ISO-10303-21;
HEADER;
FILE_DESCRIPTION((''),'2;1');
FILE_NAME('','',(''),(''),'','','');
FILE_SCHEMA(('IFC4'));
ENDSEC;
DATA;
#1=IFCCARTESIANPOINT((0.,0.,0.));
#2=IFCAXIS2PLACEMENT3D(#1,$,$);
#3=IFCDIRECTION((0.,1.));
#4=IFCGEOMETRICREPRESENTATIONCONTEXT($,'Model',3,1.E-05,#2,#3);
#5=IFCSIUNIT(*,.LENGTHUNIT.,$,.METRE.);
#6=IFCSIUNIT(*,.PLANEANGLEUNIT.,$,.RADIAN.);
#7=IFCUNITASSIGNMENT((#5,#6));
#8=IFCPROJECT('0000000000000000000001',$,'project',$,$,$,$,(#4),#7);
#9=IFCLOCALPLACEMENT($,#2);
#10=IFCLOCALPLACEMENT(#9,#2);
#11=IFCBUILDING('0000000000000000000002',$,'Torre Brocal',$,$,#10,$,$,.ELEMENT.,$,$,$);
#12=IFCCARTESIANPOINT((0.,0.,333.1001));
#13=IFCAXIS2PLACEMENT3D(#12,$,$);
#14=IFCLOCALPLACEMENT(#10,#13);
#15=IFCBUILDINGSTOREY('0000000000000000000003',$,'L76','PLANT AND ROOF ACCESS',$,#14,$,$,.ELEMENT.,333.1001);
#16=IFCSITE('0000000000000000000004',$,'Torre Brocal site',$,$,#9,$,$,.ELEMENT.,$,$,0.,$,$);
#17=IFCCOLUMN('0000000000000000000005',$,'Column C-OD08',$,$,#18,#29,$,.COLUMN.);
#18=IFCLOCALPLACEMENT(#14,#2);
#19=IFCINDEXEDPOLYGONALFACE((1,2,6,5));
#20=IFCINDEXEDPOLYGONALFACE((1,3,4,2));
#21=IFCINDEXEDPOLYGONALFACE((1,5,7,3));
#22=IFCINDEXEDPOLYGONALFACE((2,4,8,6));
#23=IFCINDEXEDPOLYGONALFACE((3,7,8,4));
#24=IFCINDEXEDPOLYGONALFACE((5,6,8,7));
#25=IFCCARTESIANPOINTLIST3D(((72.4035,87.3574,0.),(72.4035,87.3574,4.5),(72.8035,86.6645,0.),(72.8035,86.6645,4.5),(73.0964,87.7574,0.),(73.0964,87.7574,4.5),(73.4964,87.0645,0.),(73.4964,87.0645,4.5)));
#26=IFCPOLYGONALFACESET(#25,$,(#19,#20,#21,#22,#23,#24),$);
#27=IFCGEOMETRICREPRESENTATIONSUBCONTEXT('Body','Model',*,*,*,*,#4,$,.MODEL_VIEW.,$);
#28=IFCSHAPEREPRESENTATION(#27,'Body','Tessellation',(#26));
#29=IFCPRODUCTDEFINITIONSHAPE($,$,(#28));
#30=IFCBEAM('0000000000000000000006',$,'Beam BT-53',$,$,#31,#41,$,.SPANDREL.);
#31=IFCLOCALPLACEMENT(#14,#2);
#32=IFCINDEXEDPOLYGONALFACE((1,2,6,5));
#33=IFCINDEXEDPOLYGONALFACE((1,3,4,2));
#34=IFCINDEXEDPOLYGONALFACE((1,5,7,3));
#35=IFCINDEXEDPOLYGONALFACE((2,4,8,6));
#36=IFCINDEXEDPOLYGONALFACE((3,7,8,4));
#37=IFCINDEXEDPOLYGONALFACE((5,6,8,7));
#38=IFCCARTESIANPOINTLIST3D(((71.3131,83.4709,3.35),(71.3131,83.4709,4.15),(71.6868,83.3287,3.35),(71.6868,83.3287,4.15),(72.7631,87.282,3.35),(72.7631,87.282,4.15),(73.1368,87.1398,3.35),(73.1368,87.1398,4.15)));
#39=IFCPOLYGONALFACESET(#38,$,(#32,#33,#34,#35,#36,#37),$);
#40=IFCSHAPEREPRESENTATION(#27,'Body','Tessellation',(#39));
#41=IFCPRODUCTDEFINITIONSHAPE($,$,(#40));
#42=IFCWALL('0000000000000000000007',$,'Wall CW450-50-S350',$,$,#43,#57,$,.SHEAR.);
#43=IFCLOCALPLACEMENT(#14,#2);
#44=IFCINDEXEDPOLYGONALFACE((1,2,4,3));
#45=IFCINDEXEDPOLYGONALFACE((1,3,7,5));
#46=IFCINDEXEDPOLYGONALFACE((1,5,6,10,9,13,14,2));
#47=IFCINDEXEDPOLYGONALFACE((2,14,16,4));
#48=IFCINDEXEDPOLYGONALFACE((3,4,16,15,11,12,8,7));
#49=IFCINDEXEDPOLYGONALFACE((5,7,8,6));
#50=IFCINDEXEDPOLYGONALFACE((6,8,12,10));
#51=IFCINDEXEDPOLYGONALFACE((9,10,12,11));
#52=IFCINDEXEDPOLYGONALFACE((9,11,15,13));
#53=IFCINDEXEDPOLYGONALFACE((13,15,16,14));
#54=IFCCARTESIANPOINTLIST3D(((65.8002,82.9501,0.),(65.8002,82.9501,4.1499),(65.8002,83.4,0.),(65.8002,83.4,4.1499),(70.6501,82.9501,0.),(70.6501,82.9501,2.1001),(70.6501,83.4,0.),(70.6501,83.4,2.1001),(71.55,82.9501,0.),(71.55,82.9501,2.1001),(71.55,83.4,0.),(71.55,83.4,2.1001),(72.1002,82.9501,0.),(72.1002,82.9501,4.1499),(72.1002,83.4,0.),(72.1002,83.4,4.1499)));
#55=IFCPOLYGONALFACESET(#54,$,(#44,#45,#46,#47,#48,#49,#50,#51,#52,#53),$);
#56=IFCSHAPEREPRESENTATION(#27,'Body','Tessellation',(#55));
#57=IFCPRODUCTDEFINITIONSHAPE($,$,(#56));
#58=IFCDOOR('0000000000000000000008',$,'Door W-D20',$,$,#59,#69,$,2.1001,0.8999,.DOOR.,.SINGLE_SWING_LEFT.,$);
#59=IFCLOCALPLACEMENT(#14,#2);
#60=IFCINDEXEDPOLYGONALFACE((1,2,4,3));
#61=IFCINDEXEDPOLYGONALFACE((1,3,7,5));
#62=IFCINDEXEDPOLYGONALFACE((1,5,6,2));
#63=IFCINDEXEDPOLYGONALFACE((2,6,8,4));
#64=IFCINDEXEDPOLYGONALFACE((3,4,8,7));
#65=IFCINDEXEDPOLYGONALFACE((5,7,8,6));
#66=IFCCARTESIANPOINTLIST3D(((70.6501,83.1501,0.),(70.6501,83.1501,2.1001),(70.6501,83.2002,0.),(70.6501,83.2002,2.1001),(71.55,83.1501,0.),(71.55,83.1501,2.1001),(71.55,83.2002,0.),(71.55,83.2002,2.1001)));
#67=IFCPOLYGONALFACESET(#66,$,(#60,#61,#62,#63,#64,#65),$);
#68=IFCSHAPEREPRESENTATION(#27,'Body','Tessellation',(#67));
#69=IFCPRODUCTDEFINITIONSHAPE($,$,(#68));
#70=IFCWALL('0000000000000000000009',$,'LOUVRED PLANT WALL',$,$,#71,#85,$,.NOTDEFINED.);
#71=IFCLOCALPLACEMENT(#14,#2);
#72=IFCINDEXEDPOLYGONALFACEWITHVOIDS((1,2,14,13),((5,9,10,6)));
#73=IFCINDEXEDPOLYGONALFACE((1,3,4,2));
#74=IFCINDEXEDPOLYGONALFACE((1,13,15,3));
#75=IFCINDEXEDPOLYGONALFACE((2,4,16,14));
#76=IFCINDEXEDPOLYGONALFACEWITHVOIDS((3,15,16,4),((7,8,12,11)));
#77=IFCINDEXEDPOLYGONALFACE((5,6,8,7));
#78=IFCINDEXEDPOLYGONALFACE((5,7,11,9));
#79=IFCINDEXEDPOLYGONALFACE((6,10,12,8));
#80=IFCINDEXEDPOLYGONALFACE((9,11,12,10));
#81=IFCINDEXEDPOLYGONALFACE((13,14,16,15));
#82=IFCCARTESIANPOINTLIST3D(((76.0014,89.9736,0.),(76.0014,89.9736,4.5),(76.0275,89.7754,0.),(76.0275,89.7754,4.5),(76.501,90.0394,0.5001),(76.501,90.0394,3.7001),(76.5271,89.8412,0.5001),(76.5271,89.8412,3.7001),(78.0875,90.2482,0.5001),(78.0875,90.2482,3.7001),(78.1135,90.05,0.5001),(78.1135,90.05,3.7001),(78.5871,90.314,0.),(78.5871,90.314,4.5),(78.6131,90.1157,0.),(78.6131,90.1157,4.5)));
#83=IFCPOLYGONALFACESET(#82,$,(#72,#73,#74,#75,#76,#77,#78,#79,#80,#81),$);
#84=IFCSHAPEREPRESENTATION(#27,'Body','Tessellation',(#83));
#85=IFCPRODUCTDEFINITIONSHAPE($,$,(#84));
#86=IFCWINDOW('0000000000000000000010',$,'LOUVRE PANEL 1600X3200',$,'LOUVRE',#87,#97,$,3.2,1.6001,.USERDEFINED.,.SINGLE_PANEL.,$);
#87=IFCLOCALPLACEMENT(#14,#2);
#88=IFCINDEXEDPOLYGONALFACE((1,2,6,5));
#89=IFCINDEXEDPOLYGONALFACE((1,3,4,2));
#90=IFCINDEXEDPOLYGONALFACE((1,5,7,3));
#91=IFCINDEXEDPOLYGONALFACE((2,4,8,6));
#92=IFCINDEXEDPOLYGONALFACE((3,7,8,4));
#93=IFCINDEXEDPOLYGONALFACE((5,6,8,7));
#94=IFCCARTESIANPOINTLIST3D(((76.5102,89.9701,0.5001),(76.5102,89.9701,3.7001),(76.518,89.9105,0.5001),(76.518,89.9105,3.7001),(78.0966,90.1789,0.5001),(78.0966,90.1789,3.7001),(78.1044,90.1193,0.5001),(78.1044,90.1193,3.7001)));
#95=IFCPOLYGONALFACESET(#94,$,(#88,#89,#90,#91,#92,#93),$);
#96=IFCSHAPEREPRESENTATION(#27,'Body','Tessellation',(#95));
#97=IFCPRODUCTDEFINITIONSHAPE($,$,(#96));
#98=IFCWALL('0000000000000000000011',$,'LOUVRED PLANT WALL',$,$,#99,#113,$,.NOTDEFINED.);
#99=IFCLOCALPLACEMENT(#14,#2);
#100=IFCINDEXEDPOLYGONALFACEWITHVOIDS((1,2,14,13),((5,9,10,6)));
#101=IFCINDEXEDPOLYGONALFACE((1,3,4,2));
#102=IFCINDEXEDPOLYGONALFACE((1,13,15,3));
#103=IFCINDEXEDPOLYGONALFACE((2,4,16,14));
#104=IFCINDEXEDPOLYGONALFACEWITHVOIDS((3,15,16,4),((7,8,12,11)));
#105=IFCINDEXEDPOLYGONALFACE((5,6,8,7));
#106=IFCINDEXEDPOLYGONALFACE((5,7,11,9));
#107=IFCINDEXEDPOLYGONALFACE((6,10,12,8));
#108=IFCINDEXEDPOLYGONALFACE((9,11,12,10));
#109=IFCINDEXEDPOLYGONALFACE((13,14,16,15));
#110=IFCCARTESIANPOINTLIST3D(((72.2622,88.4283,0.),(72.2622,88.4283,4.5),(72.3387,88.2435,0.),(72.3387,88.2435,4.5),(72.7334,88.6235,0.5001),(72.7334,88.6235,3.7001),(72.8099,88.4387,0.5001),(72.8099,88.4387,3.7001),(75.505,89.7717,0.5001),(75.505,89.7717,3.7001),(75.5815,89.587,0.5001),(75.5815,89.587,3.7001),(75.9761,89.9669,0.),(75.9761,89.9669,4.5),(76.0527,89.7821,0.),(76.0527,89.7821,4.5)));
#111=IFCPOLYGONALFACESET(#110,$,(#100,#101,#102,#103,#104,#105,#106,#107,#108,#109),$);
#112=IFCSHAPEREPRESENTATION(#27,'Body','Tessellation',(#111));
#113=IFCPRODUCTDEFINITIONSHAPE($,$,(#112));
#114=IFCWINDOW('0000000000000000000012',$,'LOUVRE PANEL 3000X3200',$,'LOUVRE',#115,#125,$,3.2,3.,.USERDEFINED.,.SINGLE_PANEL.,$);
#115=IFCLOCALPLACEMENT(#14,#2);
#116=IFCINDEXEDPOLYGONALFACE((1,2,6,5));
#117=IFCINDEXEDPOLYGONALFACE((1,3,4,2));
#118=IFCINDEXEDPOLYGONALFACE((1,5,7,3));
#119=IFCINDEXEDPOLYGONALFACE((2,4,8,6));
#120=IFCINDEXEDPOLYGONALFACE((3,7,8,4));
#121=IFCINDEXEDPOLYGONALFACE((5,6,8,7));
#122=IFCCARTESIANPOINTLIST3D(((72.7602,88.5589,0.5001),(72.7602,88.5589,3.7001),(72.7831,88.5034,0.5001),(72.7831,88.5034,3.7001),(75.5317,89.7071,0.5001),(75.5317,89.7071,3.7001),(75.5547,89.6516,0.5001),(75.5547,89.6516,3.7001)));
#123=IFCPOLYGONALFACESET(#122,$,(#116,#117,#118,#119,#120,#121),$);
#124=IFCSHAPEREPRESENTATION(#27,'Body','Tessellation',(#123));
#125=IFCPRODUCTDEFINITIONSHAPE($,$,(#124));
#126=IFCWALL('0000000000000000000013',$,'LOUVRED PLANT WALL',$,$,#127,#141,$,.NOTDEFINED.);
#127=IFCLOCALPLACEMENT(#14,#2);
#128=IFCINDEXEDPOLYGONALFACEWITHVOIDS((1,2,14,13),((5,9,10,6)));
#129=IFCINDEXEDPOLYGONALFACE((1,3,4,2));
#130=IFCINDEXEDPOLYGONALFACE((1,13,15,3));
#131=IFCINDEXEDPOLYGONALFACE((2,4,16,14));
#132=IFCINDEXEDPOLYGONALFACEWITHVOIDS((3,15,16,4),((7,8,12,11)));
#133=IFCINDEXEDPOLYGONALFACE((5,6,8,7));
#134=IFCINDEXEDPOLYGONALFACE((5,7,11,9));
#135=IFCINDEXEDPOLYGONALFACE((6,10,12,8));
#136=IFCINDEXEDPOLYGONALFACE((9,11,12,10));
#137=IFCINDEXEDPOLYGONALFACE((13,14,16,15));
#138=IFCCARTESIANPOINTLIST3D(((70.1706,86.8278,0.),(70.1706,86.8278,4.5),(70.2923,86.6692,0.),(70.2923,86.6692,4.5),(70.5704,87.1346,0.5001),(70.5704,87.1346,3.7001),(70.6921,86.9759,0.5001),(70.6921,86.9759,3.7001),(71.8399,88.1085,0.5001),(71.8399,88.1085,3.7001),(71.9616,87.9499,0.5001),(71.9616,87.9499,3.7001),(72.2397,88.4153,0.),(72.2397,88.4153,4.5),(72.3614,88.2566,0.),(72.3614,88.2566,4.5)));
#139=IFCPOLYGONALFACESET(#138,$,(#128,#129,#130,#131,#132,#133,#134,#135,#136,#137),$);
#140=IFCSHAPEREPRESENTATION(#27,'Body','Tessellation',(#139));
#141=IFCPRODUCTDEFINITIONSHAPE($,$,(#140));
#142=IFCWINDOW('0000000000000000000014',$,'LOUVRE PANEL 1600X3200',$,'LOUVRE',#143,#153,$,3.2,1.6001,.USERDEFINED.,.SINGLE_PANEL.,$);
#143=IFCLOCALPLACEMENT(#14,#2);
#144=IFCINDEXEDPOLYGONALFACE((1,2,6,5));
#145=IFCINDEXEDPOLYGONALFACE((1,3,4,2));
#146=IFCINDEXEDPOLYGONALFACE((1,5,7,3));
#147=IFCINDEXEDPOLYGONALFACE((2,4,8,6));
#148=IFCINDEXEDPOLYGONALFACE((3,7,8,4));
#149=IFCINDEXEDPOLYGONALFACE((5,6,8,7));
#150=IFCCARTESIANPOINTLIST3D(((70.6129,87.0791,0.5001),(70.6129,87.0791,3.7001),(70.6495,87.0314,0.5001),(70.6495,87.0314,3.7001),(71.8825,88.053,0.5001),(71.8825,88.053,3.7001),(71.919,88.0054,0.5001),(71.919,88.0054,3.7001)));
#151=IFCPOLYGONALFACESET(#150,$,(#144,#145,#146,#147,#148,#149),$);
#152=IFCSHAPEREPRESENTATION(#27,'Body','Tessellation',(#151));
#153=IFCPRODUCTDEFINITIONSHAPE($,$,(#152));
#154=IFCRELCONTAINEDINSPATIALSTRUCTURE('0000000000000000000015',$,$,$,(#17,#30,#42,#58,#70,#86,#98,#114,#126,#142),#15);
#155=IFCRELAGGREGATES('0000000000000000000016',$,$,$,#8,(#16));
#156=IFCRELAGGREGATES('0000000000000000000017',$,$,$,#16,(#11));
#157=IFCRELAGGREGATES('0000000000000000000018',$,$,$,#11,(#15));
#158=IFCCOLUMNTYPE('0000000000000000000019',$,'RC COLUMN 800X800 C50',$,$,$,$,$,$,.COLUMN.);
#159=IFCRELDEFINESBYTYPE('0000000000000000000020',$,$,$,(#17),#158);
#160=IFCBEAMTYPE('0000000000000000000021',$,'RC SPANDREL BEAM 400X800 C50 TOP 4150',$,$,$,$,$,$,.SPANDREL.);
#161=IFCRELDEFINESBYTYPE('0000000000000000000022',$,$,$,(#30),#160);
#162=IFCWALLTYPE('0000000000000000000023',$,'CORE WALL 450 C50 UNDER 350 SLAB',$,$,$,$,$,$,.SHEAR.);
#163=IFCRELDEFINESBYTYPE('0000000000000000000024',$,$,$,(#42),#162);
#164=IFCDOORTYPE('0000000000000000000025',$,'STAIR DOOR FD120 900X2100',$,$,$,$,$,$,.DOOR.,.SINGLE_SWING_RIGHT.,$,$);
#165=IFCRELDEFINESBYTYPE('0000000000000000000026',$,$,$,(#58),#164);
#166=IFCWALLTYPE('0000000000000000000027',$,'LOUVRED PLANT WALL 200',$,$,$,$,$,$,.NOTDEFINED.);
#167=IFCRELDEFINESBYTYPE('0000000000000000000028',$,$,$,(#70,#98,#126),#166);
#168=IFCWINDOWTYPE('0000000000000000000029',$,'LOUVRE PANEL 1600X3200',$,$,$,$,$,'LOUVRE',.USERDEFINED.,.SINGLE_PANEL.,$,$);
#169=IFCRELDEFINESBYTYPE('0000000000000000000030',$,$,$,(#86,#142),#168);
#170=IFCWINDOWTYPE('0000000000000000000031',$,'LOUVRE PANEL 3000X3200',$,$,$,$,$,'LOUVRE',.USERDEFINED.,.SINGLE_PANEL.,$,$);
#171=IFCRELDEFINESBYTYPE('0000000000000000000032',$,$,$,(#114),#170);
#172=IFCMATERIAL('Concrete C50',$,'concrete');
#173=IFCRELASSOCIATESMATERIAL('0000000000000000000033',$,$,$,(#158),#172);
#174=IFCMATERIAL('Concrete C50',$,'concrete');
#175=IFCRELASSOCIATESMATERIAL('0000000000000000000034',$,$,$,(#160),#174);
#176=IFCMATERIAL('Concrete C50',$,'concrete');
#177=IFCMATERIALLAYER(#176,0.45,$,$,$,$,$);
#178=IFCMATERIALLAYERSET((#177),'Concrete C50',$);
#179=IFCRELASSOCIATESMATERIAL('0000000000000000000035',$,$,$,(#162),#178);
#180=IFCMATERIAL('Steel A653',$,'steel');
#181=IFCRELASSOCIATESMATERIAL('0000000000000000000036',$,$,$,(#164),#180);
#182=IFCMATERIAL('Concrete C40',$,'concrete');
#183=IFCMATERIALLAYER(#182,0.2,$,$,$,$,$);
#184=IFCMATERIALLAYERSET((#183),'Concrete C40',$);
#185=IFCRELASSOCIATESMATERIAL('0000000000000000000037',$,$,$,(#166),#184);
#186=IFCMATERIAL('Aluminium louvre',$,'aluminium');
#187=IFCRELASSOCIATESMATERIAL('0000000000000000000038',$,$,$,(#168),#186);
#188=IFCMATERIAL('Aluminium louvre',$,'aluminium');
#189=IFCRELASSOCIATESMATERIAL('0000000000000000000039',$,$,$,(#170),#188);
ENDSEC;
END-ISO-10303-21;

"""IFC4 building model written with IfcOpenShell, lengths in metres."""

from ifc_helpers import new_model, si_unit, direction, frame, frame_2d, origin, origin_2d, place, context, subcontext, project, spatial, rectangle, extrude, material, layer, layer_set, material_profile, profile_set, type_object, element, fill, save


model = new_model("IFC4")

# Units and contexts
model_context = context("Model", 3, precision=1e-05, world=origin(), true_north=direction((0.0, 1.0)))
body_context = subcontext(model_context, "Body", "Model", "MODEL_VIEW")
ifc_project = project(units=[si_unit("LENGTHUNIT", "METRE"), si_unit("PLANEANGLEUNIT", "RADIAN")], contexts=[model_context])

# Site, building, storey
site_placement = place(None, origin())
site = spatial("IfcSite", under=ifc_project, at=site_placement, Name="Torre Brocal site", CompositionType="ELEMENT", RefElevation=0.0)
building_placement = place(site_placement, origin())
building = spatial("IfcBuilding", under=site, at=building_placement, Name="Torre Brocal", CompositionType="ELEMENT")
storey_placement = place(building_placement, frame((0.0, 0.0, 333.1001)))
storey = spatial("IfcBuildingStorey", under=building, at=storey_placement, Name="L76", Description="PLANT AND ROOF ACCESS", CompositionType="ELEMENT", Elevation=333.1001)

# Column
ifc_material_1 = material(Name="Concrete C50", Category="concrete")
ifc_material_profile_1 = material_profile(ifc_material_1, rectangle(XDim=0.8, YDim=0.8, at=origin_2d()), Name="RC 800X800")
ifc_profile_set_1 = profile_set([ifc_material_profile_1], Name="Concrete C50")
column_type = type_object("IfcColumnType", Name="RC COLUMN 800X800 C50", PredefinedType="COLUMN", material=ifc_profile_set_1)
column_placement = place(storey_placement, frame((72.95, 87.2109, 0.0), z_axis=(0.0, 0.0, 1.0), x_axis=(-0.5, 0.866025, 0.0)))
element("IfcColumn", 1, at=column_placement, inside=storey, type_object=column_type, Name="Column C-OD08", PredefinedType="COLUMN", context=body_context, shape_type="SweptSolid", body=[
    extrude(rectangle(XDim=0.8, YDim=0.8, at=origin_2d()), origin(), (0.0, 0.0, 1.0), 4.5),
])

# Beam
ifc_material_2 = material(Name="Concrete C50", Category="concrete")
ifc_material_profile_2 = material_profile(ifc_material_2, rectangle(XDim=0.3999, YDim=0.8, at=origin_2d()), Name="RC 400X800")
ifc_profile_set_2 = profile_set([ifc_material_profile_2], Name="Concrete C50")
beam_type = type_object("IfcBeamType", Name="RC SPANDREL BEAM 400X800 C50 TOP 4150", PredefinedType="SPANDREL", material=ifc_profile_set_2)
beam_placement = place(storey_placement, frame((72.95, 87.2109, 3.75), z_axis=(-0.355594, -0.93464, 0.0), x_axis=(0.93464, -0.355594, 0.0)))
element("IfcBeam", 2, at=beam_placement, inside=storey, type_object=beam_type, Name="Beam BT-53", PredefinedType="SPANDREL", context=body_context, shape_type="SweptSolid", body=[
    extrude(rectangle(XDim=0.3999, YDim=0.8, at=origin_2d()), origin(), (0.0, 0.0, 1.0), 4.0776),
])

# Wall, opening, door
ifc_material_3 = material(Name="Concrete C50", Category="concrete")
ifc_layer_1 = layer(ifc_material_3, 0.45)
ifc_layer_set_1 = layer_set([ifc_layer_1], Name="Concrete C50")
wall_type_1 = type_object("IfcWallType", Name="CORE WALL 450 C50 UNDER 350 SLAB", PredefinedType="SHEAR", material=ifc_layer_set_1)
wall_1_placement = place(storey_placement, frame((72.1001, 83.175, 0.0), z_axis=(0.0, 0.0, 1.0), x_axis=(-1.0, 0.0, 0.0)))
wall_1 = element("IfcWall", 3, at=wall_1_placement, inside=storey, type_object=wall_type_1, Name="Wall CW450-50-S350", PredefinedType="SHEAR", context=body_context, shape_type="SweptSolid", body=[
    extrude(rectangle(XDim=6.3, YDim=0.45, at=frame_2d((3.1499, 0.0))), origin(), (0.0, 0.0, 1.0), 4.1499),
])
opening_1_placement = place(wall_1_placement, frame((0.55, 0.0, 0.0)))
opening_1 = element("IfcOpeningElement", 4, at=opening_1_placement, cuts=wall_1, PredefinedType="OPENING", context=body_context, shape_type="SweptSolid", body=[
    extrude(rectangle(XDim=0.8999, YDim=2.1001, at=frame_2d((0.45, 1.05))), frame((0.0, 0.2349, 0.0), z_axis=(0.0, -1.0, 0.0), x_axis=(1.0, 0.0, 0.0)), (0.0, 0.0, 1.0), 0.47),
])
ifc_material_4 = material(Name="Steel A653", Category="steel")
door_type_1 = type_object("IfcDoorType", Name="STAIR DOOR FD120 900X2100", OperationType="SINGLE_SWING_RIGHT", PredefinedType="DOOR", material=ifc_material_4)
door_1_placement = place(opening_1_placement, origin())
door_1 = element("IfcDoor", 5, at=door_1_placement, inside=storey, type_object=door_type_1, Name="Door W-D20", OperationType="SINGLE_SWING_LEFT", OverallHeight=2.1001, OverallWidth=0.8999, PredefinedType="DOOR", context=body_context, shape_type="SweptSolid", body=[
    extrude(rectangle(XDim=0.8999, YDim=2.1001, at=frame_2d((0.45, 1.05))), frame((0.0, 0.0249, 0.0), z_axis=(0.0, -1.0, 0.0), x_axis=(1.0, 0.0, 0.0)), (0.0, 0.0, 1.0), 0.05),
])
fill(opening_1, door_1)

# Walls, openings, windows
ifc_material_5 = material(Name="Concrete C40", Category="concrete")
ifc_layer_2 = layer(ifc_material_5, 0.2)
ifc_layer_set_2 = layer_set([ifc_layer_2], Name="Concrete C40")
wall_type_2 = type_object("IfcWallType", Name="LOUVRED PLANT WALL 200", PredefinedType="NOTDEFINED", material=ifc_layer_set_2)
wall_2_placement = place(storey_placement, frame((78.6001, 90.2148, 0.0), z_axis=(0.0, 0.0, 1.0), x_axis=(-0.991449, -0.130496, 0.0)))
wall_2 = element("IfcWall", 6, at=wall_2_placement, inside=storey, type_object=wall_type_2, Name="LOUVRED PLANT WALL", PredefinedType="NOTDEFINED", context=body_context, shape_type="SweptSolid", body=[
    extrude(rectangle(XDim=2.6079, YDim=0.2, at=frame_2d((1.304, 0.0))), origin(), (0.0, 0.0, 1.0), 4.5),
])
opening_2_placement = place(wall_2_placement, frame((0.5039, 0.0, 0.5)))
opening_2 = element("IfcOpeningElement", 7, at=opening_2_placement, cuts=wall_2, PredefinedType="OPENING", context=body_context, shape_type="SweptSolid", body=[
    extrude(rectangle(XDim=1.6001, YDim=3.2, at=frame_2d((0.8, 1.6001))), frame((0.0, 0.1099, 0.0), z_axis=(0.0, -1.0, 0.0), x_axis=(1.0, 0.0, 0.0)), (0.0, 0.0, 1.0), 0.22),
])
ifc_material_6 = material(Name="Aluminium louvre", Category="aluminium")
window_type_1 = type_object("IfcWindowType", Name="LOUVRE PANEL 1600X3200", ElementType="LOUVRE", PartitioningType="SINGLE_PANEL", PredefinedType="USERDEFINED", material=ifc_material_6)
window_1_placement = place(opening_2_placement, origin())
window_1 = element("IfcWindow", 8, at=window_1_placement, inside=storey, type_object=window_type_1, Name="LOUVRE PANEL 1600X3200", ObjectType="LOUVRE", OverallHeight=3.2, OverallWidth=1.6001, PartitioningType="SINGLE_PANEL", PredefinedType="USERDEFINED", context=body_context, shape_type="SweptSolid", body=[
    extrude(rectangle(XDim=1.6001, YDim=3.2, at=frame_2d((0.8, 1.6001))), frame((0.0, 0.03, 0.0), z_axis=(0.0, -1.0, 0.0), x_axis=(1.0, 0.0, 0.0)), (0.0, 0.0, 1.0), 0.0601),
])
fill(opening_2, window_1)
wall_3_placement = place(storey_placement, frame((76.0144, 89.8745, 0.0), z_axis=(0.0, 0.0, 1.0), x_axis=(-0.923858, -0.382734, 0.0)))
wall_3 = element("IfcWall", 9, at=wall_3_placement, inside=storey, type_object=wall_type_2, Name="LOUVRED PLANT WALL", PredefinedType="NOTDEFINED", context=body_context, shape_type="SweptSolid", body=[
    extrude(rectangle(XDim=4.02, YDim=0.2, at=frame_2d((2.01, 0.0))), origin(), (0.0, 0.0, 1.0), 4.5),
])
opening_3_placement = place(wall_3_placement, frame((0.51, 0.0, 0.5)))
opening_3 = element("IfcOpeningElement", 10, at=opening_3_placement, cuts=wall_3, PredefinedType="OPENING", context=body_context, shape_type="SweptSolid", body=[
    extrude(rectangle(XDim=3.0, YDim=3.2, at=frame_2d((1.5, 1.6001))), frame((0.0, 0.1099, 0.0), z_axis=(0.0, -1.0, 0.0), x_axis=(1.0, 0.0, 0.0)), (0.0, 0.0, 1.0), 0.22),
])
ifc_material_7 = material(Name="Aluminium louvre", Category="aluminium")
window_type_2 = type_object("IfcWindowType", Name="LOUVRE PANEL 3000X3200", ElementType="LOUVRE", PartitioningType="SINGLE_PANEL", PredefinedType="USERDEFINED", material=ifc_material_7)
window_2_placement = place(opening_3_placement, origin())
window_2 = element("IfcWindow", 11, at=window_2_placement, inside=storey, type_object=window_type_2, Name="LOUVRE PANEL 3000X3200", ObjectType="LOUVRE", OverallHeight=3.2, OverallWidth=3.0, PartitioningType="SINGLE_PANEL", PredefinedType="USERDEFINED", context=body_context, shape_type="SweptSolid", body=[
    extrude(rectangle(XDim=3.0, YDim=3.2, at=frame_2d((1.5, 1.6001))), frame((0.0, 0.03, 0.0), z_axis=(0.0, -1.0, 0.0), x_axis=(1.0, 0.0, 0.0)), (0.0, 0.0, 1.0), 0.0601),
])
fill(opening_3, window_2)
wall_4_placement = place(storey_placement, frame((72.3005, 88.3359, 0.0), z_axis=(0.0, 0.0, 1.0), x_axis=(-0.793403, -0.608697, 0.0)))
wall_4 = element("IfcWall", 12, at=wall_4_placement, inside=storey, type_object=wall_type_2, Name="LOUVRED PLANT WALL", PredefinedType="NOTDEFINED", context=body_context, shape_type="SweptSolid", body=[
    extrude(rectangle(XDim=2.6079, YDim=0.2, at=frame_2d((1.304, 0.0))), origin(), (0.0, 0.0, 1.0), 4.5),
])
opening_4_placement = place(wall_4_placement, frame((0.5039, 0.0, 0.5)))
opening_4 = element("IfcOpeningElement", 13, at=opening_4_placement, cuts=wall_4, PredefinedType="OPENING", context=body_context, shape_type="SweptSolid", body=[
    extrude(rectangle(XDim=1.6001, YDim=3.2, at=frame_2d((0.8, 1.6001))), frame((0.0, 0.1099, 0.0), z_axis=(0.0, -1.0, 0.0), x_axis=(1.0, 0.0, 0.0)), (0.0, 0.0, 1.0), 0.22),
])
window_3_placement = place(opening_4_placement, origin())
window_3 = element("IfcWindow", 14, at=window_3_placement, inside=storey, type_object=window_type_1, Name="LOUVRE PANEL 1600X3200", ObjectType="LOUVRE", OverallHeight=3.2, OverallWidth=1.6001, PartitioningType="SINGLE_PANEL", PredefinedType="USERDEFINED", context=body_context, shape_type="SweptSolid", body=[
    extrude(rectangle(XDim=1.6001, YDim=3.2, at=frame_2d((0.8, 1.6001))), frame((0.0, 0.03, 0.0), z_axis=(0.0, -1.0, 0.0), x_axis=(1.0, 0.0, 0.0)), (0.0, 0.0, 1.0), 0.0601),
])
fill(opening_4, window_3)

save(model, "model.ifc")
